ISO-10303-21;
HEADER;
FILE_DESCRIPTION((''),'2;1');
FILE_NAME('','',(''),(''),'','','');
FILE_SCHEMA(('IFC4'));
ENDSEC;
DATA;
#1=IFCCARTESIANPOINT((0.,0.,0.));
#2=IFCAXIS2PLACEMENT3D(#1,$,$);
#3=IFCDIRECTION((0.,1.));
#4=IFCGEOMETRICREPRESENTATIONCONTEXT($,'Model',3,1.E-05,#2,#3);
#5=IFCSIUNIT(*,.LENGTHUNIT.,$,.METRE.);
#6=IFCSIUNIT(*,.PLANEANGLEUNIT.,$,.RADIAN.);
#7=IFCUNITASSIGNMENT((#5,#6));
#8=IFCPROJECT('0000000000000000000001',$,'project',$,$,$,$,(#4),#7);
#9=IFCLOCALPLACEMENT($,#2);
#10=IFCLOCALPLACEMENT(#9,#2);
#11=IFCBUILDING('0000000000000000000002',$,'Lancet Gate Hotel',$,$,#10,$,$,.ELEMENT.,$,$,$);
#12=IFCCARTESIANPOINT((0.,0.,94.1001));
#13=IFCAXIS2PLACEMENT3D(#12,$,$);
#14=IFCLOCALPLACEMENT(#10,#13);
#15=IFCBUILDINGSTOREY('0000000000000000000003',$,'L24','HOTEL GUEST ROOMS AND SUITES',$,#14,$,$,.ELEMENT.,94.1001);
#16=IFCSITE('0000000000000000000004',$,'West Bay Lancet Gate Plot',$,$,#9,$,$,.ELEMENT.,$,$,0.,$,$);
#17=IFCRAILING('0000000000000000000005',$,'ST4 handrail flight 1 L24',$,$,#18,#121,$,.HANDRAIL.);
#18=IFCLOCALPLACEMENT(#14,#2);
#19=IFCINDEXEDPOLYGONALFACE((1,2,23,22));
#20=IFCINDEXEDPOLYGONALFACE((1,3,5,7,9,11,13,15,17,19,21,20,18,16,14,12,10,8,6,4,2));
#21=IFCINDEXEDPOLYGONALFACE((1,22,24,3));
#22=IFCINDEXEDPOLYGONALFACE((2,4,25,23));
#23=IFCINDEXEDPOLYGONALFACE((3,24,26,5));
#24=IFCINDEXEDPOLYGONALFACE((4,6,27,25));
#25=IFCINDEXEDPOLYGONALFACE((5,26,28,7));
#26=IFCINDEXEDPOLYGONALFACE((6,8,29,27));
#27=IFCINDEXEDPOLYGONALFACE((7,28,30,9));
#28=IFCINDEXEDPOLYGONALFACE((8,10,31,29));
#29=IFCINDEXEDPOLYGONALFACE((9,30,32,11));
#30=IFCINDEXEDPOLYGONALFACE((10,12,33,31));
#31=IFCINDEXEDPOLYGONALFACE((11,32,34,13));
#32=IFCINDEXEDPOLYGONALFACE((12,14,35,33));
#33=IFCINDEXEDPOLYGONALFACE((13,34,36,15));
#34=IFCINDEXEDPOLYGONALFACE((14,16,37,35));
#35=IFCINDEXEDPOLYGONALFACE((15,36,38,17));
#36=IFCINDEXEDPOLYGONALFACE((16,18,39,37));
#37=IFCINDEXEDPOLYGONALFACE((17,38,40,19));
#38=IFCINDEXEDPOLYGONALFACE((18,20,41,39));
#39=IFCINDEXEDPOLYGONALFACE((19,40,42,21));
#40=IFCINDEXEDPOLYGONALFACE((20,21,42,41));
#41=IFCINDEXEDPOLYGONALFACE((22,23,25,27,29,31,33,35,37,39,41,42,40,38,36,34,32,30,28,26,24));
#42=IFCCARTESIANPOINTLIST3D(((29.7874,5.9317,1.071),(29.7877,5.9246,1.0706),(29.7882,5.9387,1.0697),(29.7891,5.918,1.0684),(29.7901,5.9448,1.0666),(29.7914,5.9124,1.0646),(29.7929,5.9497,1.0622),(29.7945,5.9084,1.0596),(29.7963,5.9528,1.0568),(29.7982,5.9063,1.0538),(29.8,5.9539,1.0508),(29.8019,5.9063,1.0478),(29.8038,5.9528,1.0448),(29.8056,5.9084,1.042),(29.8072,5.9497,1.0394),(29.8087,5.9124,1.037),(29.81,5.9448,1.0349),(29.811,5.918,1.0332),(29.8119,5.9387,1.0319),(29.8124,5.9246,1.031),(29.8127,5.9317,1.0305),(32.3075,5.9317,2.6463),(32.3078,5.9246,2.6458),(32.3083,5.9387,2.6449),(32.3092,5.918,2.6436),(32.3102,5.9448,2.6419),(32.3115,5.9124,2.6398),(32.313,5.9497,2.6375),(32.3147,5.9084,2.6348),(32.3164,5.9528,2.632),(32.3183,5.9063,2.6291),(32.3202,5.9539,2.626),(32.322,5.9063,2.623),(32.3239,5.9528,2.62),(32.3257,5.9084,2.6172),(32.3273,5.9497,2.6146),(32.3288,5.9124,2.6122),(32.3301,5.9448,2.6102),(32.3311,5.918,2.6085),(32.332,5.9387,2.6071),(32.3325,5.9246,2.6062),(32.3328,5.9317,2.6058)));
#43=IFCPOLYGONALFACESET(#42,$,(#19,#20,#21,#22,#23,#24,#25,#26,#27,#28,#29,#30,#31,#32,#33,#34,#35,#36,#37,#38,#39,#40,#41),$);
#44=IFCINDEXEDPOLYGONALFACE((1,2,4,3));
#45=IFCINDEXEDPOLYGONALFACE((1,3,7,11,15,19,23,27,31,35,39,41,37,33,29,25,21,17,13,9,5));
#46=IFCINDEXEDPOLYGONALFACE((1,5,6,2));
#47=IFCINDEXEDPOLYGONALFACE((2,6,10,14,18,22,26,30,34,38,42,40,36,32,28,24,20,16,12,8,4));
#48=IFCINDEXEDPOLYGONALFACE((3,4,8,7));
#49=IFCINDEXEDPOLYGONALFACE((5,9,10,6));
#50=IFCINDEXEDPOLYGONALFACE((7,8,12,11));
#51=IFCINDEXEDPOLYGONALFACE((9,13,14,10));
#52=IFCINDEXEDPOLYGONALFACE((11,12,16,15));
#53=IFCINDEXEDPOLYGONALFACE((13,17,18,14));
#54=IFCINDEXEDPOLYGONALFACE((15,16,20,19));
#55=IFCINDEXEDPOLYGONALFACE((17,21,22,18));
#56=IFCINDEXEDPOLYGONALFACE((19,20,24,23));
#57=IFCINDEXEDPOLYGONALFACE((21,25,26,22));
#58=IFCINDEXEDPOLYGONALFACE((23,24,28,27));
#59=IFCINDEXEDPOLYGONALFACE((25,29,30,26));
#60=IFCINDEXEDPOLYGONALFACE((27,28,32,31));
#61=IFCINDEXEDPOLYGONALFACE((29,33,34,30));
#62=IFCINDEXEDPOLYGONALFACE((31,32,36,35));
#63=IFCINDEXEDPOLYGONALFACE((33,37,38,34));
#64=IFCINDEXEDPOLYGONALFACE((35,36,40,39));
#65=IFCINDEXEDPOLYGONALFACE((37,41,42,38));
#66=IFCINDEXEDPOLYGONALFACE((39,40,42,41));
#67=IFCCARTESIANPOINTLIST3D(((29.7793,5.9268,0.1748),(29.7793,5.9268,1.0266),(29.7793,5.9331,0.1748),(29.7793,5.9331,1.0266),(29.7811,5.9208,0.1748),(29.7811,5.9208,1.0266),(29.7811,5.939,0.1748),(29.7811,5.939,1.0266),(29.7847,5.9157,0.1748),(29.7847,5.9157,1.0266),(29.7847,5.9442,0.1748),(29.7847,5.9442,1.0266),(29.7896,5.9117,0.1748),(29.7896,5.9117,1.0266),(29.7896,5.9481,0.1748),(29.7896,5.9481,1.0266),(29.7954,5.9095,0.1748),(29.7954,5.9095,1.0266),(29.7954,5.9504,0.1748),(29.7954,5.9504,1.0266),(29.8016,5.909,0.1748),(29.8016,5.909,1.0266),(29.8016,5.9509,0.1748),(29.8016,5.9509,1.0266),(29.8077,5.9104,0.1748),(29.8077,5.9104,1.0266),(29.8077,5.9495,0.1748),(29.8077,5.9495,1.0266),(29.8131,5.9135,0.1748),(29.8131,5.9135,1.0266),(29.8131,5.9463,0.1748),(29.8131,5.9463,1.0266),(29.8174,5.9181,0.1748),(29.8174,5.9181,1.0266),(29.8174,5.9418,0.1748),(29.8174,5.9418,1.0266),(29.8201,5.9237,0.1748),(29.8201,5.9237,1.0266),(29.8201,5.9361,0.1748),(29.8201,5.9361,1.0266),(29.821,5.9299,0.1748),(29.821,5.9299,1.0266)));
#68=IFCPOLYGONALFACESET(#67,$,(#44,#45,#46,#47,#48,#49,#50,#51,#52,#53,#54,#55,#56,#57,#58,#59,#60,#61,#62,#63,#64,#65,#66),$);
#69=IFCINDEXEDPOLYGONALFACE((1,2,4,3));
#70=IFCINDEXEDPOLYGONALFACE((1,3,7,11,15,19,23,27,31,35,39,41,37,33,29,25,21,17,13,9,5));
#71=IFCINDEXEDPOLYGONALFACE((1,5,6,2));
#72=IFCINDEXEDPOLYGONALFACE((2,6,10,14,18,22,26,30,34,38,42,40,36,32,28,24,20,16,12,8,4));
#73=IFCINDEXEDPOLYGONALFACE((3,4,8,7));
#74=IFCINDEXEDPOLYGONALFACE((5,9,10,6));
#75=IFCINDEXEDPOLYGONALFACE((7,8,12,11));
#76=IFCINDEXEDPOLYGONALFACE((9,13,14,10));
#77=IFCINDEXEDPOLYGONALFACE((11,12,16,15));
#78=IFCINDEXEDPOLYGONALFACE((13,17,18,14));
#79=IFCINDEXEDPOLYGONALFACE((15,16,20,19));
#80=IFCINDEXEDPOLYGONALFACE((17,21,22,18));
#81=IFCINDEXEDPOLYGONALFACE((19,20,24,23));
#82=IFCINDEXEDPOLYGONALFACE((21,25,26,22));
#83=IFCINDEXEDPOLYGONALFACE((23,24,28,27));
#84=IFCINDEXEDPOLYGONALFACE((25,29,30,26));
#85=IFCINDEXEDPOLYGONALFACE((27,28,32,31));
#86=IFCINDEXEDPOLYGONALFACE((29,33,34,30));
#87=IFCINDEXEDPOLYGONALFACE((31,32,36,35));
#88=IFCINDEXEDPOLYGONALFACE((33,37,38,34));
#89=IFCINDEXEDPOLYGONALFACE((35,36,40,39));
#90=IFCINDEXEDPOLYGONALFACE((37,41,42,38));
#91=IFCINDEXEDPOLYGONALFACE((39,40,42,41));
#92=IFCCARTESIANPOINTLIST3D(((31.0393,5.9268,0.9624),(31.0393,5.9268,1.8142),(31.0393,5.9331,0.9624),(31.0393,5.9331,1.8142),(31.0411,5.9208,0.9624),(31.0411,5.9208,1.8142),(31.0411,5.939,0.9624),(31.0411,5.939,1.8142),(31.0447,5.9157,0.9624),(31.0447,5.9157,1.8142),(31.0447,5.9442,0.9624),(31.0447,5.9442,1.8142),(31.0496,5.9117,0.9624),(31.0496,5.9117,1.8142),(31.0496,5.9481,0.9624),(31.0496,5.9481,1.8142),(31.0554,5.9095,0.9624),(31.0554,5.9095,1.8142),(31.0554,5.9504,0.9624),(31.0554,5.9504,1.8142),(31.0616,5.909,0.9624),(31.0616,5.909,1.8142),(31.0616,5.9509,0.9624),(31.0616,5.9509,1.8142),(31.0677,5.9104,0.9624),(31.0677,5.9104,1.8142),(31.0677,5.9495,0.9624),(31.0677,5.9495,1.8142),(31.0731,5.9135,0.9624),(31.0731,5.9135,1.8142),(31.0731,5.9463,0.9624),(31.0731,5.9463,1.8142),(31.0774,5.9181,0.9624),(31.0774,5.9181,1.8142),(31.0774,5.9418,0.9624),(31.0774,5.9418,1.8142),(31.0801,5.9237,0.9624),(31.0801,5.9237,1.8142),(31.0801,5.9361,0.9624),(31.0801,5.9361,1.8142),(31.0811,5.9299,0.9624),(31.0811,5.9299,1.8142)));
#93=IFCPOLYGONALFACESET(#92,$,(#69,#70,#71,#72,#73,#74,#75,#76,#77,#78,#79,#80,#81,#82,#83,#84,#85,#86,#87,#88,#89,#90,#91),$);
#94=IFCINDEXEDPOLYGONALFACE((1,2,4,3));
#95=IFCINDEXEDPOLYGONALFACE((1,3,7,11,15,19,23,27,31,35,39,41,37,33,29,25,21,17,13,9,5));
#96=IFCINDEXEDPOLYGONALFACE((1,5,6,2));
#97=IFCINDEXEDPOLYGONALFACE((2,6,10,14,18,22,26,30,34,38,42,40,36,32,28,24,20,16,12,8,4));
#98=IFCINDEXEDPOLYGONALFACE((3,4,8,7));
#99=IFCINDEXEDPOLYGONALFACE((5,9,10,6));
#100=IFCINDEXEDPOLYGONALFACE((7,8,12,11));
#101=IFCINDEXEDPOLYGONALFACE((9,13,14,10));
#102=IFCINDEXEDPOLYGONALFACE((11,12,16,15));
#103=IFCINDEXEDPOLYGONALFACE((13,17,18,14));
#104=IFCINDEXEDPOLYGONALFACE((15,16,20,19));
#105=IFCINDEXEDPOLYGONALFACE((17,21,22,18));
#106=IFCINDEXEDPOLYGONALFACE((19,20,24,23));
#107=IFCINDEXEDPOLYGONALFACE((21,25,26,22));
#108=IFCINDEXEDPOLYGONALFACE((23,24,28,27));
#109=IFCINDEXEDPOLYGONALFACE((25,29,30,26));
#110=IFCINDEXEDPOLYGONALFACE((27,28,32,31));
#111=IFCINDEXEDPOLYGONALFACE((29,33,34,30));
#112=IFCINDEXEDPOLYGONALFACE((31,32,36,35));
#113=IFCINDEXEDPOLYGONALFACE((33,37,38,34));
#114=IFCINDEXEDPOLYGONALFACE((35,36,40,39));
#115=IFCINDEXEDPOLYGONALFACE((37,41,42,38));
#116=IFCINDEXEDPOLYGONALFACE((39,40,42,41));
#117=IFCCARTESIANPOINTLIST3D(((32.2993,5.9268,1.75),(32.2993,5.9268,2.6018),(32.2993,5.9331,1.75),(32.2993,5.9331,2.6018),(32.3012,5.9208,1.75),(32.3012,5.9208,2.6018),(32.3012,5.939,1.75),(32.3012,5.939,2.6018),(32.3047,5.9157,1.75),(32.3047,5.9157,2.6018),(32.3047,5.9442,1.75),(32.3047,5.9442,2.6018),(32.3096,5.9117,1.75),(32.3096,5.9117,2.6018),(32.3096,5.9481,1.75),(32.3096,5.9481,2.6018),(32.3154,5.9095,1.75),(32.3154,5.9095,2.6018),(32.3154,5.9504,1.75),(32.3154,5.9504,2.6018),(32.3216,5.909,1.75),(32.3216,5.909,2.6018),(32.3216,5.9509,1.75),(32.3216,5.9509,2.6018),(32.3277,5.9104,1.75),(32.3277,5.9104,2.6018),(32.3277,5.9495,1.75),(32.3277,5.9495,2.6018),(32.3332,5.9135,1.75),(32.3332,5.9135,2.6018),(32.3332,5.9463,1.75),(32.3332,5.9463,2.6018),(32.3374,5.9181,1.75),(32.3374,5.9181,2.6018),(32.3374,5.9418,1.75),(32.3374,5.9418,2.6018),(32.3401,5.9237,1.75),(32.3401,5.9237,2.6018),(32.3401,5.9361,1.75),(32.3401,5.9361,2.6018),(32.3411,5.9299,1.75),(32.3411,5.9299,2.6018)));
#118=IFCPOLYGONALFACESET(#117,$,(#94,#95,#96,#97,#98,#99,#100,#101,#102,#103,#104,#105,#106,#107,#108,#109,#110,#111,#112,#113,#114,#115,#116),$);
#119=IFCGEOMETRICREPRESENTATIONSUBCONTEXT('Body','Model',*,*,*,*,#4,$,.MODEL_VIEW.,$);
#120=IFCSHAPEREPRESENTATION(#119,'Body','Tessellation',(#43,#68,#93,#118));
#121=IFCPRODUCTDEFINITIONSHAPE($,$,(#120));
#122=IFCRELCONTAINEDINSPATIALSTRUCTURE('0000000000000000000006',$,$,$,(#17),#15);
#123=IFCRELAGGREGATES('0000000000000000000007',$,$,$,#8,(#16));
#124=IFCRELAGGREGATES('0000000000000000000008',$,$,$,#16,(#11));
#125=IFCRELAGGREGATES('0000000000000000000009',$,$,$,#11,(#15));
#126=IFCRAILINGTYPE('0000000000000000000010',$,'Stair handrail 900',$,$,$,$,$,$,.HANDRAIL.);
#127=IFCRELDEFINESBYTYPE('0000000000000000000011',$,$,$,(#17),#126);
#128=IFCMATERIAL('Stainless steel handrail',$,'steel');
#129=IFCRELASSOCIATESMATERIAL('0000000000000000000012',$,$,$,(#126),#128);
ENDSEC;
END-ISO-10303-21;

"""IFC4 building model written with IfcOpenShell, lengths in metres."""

from ifc_helpers import new_model, si_unit, direction, frame, origin, origin_2d, place, context, subcontext, project, spatial, circle, extrude, material, type_object, element, save


model = new_model("IFC4")

# Units and contexts
model_context = context("Model", 3, precision=1e-05, world=origin(), true_north=direction((0.0, 1.0)))
body_context = subcontext(model_context, "Body", "Model", "MODEL_VIEW")
ifc_project = project(units=[si_unit("LENGTHUNIT", "METRE"), si_unit("PLANEANGLEUNIT", "RADIAN")], contexts=[model_context])

# Site, building, storey
site_placement = place(None, origin())
site = spatial("IfcSite", under=ifc_project, at=site_placement, Name="West Bay Lancet Gate Plot", CompositionType="ELEMENT", RefElevation=0.0)
building_placement = place(site_placement, origin())
building = spatial("IfcBuilding", under=site, at=building_placement, Name="Lancet Gate Hotel", CompositionType="ELEMENT")
storey_placement = place(building_placement, frame((0.0, 0.0, 94.1001)))
storey = spatial("IfcBuildingStorey", under=building, at=storey_placement, Name="L24", Description="HOTEL GUEST ROOMS AND SUITES", CompositionType="ELEMENT", Elevation=94.1001)

# Railing
ifc_material_1 = material(Name="Stainless steel handrail", Category="steel")
railing_type = type_object("IfcRailingType", Name="Stair handrail 900", PredefinedType="HANDRAIL", material=ifc_material_1)
railing_1_placement = place(storey_placement, frame((29.8, 5.9299, 0.1748)))
element("IfcRailing", 1, at=railing_1_placement, inside=storey, type_object=railing_type, Name="ST4 handrail flight 1 L24", PredefinedType="HANDRAIL", context=body_context, shape_type="SweptSolid", body=[
    extrude(circle(Radius=0.0239, at=origin_2d()), frame((0.0, 0.0, 0.876), z_axis=(0.847971, 0.0, 0.530043), x_axis=(0.0, 1.0, 0.0)), (0.0, 0.0, 1.0), 2.9719),
    extrude(circle(Radius=0.021, at=origin_2d()), origin(), (0.0, 0.0, 1.0), 0.8518),
    extrude(circle(Radius=0.021, at=origin_2d()), frame((1.26, 0.0, 0.7876)), (0.0, 0.0, 1.0), 0.8518),
    extrude(circle(Radius=0.021, at=origin_2d()), frame((2.52, 0.0, 1.5752)), (0.0, 0.0, 1.0), 0.8518),
])

save(model, "model.ifc")
